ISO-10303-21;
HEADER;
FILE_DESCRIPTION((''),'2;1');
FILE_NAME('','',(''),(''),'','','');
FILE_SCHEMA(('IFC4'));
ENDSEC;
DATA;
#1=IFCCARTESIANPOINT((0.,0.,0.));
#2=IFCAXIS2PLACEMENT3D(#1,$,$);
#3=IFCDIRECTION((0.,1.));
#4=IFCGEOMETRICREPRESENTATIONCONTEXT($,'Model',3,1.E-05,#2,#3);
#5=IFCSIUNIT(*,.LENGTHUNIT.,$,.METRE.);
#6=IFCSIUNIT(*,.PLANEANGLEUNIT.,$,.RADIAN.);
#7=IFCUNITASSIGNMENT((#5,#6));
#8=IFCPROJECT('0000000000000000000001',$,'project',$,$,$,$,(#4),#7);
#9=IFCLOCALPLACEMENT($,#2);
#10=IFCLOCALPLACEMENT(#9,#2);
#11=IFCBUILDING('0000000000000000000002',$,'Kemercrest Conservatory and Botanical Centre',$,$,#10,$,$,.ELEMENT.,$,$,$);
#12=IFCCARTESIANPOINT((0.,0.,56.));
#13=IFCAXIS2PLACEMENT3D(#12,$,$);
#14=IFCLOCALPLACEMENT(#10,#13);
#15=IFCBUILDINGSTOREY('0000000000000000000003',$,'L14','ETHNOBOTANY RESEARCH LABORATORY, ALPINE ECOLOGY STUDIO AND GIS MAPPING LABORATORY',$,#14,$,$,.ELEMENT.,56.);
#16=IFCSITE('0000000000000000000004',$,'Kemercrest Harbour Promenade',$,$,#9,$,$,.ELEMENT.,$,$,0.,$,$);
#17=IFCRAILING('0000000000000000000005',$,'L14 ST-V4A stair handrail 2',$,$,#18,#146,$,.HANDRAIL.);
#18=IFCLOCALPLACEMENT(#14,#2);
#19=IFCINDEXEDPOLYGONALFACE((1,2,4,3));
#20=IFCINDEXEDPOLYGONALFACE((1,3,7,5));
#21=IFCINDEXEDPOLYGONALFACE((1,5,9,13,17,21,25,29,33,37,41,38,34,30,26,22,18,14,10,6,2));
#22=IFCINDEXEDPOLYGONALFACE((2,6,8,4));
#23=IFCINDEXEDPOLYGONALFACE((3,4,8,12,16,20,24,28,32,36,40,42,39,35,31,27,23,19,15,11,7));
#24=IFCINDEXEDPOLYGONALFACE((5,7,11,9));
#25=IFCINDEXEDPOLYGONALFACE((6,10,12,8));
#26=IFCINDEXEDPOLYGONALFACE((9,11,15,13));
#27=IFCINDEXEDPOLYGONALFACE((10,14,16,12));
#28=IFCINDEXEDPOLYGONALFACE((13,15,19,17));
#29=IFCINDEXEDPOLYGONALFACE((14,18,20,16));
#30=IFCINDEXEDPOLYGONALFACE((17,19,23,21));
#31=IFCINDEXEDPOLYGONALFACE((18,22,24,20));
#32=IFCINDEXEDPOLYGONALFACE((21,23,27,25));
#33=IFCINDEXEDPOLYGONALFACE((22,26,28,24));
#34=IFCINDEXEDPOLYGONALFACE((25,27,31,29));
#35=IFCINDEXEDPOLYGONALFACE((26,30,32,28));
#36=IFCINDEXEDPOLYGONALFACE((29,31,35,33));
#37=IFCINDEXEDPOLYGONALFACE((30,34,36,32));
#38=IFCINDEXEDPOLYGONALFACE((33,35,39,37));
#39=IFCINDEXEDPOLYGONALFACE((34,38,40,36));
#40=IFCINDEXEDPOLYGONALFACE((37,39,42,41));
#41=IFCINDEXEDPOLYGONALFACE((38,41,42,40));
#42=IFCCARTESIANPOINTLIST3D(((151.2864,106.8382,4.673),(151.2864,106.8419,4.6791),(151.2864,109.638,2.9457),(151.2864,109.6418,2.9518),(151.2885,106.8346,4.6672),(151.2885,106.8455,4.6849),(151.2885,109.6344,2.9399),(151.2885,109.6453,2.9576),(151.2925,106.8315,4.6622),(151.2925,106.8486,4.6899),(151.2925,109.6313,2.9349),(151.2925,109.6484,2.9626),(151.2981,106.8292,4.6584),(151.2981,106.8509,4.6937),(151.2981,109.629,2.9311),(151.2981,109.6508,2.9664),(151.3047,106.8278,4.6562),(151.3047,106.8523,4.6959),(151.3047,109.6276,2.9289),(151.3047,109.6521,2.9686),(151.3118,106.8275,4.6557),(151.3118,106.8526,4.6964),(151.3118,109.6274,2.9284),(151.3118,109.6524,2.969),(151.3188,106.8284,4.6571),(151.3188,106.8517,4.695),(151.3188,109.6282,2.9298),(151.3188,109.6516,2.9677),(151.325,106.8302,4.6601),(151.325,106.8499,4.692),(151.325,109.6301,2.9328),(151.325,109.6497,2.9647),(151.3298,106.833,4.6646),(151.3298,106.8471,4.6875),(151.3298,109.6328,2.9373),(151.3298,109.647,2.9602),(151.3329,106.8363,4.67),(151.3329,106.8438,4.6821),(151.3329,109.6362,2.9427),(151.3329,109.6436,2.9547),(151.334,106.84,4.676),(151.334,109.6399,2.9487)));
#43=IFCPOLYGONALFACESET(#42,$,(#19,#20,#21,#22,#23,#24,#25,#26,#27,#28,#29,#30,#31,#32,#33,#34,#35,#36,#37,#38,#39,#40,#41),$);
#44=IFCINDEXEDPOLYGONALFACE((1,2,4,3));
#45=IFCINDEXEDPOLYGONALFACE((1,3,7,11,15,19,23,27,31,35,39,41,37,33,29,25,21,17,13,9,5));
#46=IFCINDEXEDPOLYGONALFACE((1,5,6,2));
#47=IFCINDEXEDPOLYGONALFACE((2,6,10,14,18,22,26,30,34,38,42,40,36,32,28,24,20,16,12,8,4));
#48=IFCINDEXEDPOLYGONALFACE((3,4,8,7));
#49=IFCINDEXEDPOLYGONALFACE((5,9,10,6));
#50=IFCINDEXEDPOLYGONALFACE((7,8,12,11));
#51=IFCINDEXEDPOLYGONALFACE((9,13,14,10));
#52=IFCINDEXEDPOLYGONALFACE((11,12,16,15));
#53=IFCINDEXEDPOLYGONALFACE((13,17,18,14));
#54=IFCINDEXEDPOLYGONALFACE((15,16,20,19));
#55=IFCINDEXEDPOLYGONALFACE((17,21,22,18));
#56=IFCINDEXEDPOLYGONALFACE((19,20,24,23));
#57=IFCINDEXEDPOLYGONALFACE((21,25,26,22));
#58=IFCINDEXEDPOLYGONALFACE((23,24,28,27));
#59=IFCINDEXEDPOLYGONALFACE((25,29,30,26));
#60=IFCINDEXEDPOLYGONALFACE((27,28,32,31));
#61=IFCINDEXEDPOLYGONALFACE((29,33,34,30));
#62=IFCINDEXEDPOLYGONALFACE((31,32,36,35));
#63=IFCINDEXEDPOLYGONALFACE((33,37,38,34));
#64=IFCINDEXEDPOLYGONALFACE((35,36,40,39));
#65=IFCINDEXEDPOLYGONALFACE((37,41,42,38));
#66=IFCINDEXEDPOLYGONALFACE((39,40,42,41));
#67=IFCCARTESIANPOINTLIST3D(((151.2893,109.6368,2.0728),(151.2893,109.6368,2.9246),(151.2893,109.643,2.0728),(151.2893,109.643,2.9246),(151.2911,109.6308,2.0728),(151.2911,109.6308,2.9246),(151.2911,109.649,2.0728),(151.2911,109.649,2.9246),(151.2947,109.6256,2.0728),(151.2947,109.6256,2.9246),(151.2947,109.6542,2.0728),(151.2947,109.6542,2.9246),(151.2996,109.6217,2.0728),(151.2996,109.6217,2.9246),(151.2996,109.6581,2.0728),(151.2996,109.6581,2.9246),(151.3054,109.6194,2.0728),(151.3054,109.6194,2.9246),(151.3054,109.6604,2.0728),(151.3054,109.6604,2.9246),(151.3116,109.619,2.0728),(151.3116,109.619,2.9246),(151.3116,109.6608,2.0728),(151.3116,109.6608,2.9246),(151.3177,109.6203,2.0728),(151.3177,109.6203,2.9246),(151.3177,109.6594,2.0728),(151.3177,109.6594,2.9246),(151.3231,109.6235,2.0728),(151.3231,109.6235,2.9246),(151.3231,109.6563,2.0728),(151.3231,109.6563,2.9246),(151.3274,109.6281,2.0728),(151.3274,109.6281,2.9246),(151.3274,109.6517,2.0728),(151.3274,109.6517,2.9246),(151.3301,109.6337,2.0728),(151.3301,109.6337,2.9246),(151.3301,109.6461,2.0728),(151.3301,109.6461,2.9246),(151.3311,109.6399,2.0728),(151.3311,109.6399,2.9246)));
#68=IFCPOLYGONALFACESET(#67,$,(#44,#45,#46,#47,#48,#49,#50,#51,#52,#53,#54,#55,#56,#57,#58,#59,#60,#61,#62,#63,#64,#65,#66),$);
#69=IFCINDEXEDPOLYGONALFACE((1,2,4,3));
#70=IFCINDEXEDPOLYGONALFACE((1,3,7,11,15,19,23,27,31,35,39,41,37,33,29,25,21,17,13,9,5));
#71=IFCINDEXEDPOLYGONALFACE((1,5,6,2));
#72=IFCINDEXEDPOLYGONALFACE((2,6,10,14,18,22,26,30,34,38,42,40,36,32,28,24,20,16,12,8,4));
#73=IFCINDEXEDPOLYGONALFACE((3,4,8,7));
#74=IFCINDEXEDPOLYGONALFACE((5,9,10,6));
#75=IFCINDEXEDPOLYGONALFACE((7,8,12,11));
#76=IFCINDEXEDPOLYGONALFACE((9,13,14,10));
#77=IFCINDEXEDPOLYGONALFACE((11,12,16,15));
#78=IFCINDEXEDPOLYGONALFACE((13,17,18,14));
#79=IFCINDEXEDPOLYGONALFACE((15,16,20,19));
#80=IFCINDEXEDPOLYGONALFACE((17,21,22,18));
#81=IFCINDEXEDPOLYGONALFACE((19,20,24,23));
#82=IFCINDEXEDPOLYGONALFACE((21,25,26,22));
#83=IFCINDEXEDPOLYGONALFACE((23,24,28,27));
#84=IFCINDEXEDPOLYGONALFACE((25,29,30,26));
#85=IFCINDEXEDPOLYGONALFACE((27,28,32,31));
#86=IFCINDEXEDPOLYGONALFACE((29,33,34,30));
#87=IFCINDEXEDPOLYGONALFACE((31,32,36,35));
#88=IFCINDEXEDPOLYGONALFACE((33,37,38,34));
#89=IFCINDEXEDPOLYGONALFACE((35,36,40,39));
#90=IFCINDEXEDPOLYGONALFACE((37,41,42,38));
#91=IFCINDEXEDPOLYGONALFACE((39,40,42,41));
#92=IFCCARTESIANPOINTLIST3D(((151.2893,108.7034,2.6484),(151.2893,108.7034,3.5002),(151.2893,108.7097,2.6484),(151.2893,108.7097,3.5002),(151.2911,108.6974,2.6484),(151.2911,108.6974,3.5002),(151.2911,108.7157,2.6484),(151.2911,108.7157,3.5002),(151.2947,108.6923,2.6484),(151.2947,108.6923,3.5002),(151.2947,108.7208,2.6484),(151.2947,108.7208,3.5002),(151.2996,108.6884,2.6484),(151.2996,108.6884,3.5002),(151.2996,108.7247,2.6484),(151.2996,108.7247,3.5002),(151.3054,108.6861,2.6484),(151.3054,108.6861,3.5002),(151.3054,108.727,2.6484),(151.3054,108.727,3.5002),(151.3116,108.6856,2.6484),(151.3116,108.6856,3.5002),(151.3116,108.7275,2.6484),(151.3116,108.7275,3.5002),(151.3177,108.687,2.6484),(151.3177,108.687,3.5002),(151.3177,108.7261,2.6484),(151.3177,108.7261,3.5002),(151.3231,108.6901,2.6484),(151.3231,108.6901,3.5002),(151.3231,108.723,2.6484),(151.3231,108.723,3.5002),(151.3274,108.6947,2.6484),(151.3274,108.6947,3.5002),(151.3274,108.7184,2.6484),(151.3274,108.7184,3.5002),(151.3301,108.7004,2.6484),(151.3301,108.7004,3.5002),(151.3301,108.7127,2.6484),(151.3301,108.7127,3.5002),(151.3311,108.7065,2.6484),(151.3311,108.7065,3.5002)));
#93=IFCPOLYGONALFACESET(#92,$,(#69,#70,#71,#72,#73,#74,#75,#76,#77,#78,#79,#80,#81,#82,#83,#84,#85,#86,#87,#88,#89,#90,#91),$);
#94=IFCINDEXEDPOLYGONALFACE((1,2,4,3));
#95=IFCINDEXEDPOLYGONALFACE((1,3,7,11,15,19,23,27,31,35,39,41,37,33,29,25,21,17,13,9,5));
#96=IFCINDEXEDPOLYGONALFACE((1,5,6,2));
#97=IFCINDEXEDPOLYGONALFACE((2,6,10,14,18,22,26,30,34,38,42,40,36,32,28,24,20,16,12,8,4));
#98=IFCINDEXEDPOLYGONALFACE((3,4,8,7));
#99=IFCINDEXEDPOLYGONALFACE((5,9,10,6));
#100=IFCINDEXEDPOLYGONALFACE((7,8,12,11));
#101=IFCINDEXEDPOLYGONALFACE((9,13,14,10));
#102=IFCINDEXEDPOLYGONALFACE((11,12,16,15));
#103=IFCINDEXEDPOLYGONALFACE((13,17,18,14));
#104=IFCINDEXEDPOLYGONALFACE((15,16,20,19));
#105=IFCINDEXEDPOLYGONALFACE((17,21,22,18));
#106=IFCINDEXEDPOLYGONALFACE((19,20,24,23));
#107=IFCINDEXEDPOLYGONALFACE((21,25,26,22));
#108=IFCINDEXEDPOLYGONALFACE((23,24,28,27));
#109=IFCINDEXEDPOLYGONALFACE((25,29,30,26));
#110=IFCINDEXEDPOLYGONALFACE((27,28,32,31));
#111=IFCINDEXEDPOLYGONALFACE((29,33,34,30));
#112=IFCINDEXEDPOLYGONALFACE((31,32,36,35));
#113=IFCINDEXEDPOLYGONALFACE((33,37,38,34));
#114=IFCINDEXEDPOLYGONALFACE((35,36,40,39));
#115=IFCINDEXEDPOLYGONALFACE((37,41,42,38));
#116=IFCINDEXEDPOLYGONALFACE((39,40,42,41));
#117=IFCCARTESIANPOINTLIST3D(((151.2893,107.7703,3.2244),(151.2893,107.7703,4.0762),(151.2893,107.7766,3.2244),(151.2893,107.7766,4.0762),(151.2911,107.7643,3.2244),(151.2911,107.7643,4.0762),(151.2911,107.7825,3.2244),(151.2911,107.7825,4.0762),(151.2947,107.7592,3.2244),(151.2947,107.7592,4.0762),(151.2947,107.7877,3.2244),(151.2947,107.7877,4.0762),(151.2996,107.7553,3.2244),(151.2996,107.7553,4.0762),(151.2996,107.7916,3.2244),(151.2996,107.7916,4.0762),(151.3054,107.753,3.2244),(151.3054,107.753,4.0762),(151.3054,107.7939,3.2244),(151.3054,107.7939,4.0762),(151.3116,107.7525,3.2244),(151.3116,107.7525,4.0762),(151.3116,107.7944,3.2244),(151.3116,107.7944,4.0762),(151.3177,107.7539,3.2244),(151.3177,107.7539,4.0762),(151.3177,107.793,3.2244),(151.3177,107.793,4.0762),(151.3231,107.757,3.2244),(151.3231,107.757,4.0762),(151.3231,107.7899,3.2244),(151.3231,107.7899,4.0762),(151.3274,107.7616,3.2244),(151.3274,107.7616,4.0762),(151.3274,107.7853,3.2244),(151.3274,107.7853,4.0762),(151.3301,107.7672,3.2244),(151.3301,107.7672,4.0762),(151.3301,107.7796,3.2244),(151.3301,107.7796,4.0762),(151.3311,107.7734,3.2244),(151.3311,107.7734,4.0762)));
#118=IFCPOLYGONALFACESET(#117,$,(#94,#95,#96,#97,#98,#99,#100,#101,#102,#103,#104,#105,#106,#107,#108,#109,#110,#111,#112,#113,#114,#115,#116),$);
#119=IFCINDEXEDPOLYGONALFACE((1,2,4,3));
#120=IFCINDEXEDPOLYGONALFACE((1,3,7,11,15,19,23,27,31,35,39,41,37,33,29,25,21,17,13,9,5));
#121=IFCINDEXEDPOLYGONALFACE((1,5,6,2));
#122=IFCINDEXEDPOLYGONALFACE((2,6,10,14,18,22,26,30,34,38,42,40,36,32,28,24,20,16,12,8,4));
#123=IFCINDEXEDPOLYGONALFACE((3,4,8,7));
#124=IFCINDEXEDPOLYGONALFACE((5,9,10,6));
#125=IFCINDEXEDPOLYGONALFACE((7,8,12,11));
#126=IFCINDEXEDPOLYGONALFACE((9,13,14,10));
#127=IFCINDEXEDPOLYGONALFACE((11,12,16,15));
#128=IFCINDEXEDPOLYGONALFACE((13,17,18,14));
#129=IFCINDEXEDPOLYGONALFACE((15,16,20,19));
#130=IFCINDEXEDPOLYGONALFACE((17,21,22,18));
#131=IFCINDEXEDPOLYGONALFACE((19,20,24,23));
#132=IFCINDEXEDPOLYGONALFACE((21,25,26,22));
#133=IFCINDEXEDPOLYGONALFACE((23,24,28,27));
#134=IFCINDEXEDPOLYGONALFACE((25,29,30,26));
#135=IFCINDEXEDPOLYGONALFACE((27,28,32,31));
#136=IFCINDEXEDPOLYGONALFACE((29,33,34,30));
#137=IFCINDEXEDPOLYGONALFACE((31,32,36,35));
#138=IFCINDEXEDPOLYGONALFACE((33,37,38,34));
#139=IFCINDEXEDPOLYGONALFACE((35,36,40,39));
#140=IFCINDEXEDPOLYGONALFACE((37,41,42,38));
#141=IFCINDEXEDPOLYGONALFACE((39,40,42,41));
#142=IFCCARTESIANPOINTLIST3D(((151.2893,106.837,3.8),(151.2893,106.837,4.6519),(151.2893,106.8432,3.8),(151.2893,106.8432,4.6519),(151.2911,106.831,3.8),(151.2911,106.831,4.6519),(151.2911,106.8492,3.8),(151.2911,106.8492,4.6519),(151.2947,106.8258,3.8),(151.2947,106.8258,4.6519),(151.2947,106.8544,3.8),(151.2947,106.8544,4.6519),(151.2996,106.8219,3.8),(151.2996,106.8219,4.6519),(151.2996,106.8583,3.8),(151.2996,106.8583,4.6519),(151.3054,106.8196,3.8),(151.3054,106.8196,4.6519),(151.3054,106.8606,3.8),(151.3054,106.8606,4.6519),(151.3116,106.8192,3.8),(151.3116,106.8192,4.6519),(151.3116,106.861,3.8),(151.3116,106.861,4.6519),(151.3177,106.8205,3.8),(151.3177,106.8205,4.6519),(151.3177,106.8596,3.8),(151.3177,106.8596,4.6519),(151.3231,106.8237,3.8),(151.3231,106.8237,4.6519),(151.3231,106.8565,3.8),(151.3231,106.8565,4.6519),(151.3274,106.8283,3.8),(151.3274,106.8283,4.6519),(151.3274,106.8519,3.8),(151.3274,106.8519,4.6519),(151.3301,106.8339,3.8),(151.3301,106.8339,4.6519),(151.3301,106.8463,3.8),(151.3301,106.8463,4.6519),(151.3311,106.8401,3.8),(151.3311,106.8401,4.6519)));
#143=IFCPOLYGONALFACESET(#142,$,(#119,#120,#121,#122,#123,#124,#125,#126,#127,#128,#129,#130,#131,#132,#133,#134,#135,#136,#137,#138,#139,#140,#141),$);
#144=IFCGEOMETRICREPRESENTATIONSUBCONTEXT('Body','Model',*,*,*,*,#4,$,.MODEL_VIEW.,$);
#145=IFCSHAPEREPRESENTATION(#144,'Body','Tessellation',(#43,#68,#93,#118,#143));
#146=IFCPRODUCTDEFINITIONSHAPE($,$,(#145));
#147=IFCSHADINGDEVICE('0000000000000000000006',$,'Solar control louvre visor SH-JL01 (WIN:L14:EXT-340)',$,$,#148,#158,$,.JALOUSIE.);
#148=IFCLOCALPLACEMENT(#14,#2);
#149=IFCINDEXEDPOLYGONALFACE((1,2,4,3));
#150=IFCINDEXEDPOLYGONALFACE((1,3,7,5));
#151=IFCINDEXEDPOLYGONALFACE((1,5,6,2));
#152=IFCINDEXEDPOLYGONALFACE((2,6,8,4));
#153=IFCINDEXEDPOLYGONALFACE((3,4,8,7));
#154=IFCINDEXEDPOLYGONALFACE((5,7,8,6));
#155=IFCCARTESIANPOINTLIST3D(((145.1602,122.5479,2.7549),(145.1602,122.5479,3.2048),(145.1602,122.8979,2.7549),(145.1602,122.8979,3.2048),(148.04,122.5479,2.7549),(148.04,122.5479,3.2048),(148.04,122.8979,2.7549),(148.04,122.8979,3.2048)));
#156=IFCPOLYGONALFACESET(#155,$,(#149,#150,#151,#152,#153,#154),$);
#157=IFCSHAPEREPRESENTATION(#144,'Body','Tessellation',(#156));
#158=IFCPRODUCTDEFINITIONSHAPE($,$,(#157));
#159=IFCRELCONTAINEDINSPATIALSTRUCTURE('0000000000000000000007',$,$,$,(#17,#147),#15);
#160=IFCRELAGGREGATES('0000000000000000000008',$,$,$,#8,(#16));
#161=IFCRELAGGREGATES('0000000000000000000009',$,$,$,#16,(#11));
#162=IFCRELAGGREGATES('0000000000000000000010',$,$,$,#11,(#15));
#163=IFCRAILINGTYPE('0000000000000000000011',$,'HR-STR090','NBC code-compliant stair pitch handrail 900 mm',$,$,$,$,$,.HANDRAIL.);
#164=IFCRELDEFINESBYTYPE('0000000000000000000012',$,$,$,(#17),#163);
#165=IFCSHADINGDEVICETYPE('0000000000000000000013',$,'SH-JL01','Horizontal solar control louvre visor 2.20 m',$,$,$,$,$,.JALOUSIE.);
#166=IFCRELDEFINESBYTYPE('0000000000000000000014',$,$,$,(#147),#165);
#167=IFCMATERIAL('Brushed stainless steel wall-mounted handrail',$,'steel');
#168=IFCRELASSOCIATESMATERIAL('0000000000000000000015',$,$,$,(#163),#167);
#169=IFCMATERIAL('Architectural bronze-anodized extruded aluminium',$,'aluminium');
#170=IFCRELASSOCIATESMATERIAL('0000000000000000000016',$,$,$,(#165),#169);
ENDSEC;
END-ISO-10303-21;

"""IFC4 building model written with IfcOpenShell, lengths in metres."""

from ifc_helpers import new_model, si_unit, direction, frame, origin, origin_2d, place, context, subcontext, project, spatial, rectangle, circle, extrude, material, type_object, element, save


model = new_model("IFC4")

# Units and contexts
model_context = context("Model", 3, precision=1e-05, world=origin(), true_north=direction((0.0, 1.0)))
body_context = subcontext(model_context, "Body", "Model", "MODEL_VIEW")
ifc_project = project(units=[si_unit("LENGTHUNIT", "METRE"), si_unit("PLANEANGLEUNIT", "RADIAN")], contexts=[model_context])

# Site, building, storey
site_placement = place(None, origin())
site = spatial("IfcSite", under=ifc_project, at=site_placement, Name="Kemercrest Harbour Promenade", CompositionType="ELEMENT", RefElevation=0.0)
building_placement = place(site_placement, origin())
building = spatial("IfcBuilding", under=site, at=building_placement, Name="Kemercrest Conservatory and Botanical Centre", CompositionType="ELEMENT")
storey_placement = place(building_placement, frame((0.0, 0.0, 56.0)))
storey = spatial("IfcBuildingStorey", under=building, at=storey_placement, Name="L14", Description="ETHNOBOTANY RESEARCH LABORATORY, ALPINE ECOLOGY STUDIO AND GIS MAPPING LABORATORY", CompositionType="ELEMENT", Elevation=56.0)

# Railing
ifc_material_1 = material(Name="Brushed stainless steel wall-mounted handrail", Category="steel")
railing_type_1 = type_object("IfcRailingType", Name="HR-STR090", Description="NBC code-compliant stair pitch handrail 900 mm", PredefinedType="HANDRAIL", material=ifc_material_1)
railing_1_placement = place(storey_placement, frame((151.3101, 109.6399, 2.0728)))
element("IfcRailing", 1, at=railing_1_placement, inside=storey, type_object=railing_type_1, Name="L14 ST-V4A stair handrail 2", PredefinedType="HANDRAIL", context=body_context, shape_type="SweptSolid", body=[
    extrude(circle(Radius=0.0239, at=origin_2d()), frame((0.0, 0.0, 0.876), z_axis=(0.0, -0.851069, 0.525054), x_axis=(1.0, 0.0, 0.0)), (0.0, 0.0, 1.0), 3.2898),
    extrude(circle(Radius=0.021, at=origin_2d()), origin(), (0.0, 0.0, 1.0), 0.8518),
    extrude(circle(Radius=0.021, at=origin_2d()), frame((0.0, -0.9333, 0.5757)), (0.0, 0.0, 1.0), 0.8518),
    extrude(circle(Radius=0.021, at=origin_2d()), frame((0.0, -1.8665, 1.1516)), (0.0, 0.0, 1.0), 0.8518),
    extrude(circle(Radius=0.021, at=origin_2d()), frame((0.0, -2.7998, 1.7273)), (0.0, 0.0, 1.0), 0.8518),
])

# Shading device
ifc_material_2 = material(Name="Architectural bronze-anodized extruded aluminium", Category="aluminium")
shading_device_type = type_object("IfcShadingDeviceType", Name="SH-JL01", Description="Horizontal solar control louvre visor 2.20 m", PredefinedType="JALOUSIE", material=ifc_material_2)
shading_device_placement = place(storey_placement, frame((146.6001, 122.7229, 2.7549), z_axis=(0.0, 0.0, 1.0), x_axis=(-1.0, 0.0, 0.0)))
element("IfcShadingDevice", 2, at=shading_device_placement, inside=storey, type_object=shading_device_type, Name="Solar control louvre visor SH-JL01 (WIN:L14:EXT-340)", PredefinedType="JALOUSIE", context=body_context, shape_type="SweptSolid", body=[
    extrude(rectangle(XDim=2.8799, YDim=0.3501, at=origin_2d()), origin(), (0.0, 0.0, 1.0), 0.45),
])

save(model, "model.ifc")
